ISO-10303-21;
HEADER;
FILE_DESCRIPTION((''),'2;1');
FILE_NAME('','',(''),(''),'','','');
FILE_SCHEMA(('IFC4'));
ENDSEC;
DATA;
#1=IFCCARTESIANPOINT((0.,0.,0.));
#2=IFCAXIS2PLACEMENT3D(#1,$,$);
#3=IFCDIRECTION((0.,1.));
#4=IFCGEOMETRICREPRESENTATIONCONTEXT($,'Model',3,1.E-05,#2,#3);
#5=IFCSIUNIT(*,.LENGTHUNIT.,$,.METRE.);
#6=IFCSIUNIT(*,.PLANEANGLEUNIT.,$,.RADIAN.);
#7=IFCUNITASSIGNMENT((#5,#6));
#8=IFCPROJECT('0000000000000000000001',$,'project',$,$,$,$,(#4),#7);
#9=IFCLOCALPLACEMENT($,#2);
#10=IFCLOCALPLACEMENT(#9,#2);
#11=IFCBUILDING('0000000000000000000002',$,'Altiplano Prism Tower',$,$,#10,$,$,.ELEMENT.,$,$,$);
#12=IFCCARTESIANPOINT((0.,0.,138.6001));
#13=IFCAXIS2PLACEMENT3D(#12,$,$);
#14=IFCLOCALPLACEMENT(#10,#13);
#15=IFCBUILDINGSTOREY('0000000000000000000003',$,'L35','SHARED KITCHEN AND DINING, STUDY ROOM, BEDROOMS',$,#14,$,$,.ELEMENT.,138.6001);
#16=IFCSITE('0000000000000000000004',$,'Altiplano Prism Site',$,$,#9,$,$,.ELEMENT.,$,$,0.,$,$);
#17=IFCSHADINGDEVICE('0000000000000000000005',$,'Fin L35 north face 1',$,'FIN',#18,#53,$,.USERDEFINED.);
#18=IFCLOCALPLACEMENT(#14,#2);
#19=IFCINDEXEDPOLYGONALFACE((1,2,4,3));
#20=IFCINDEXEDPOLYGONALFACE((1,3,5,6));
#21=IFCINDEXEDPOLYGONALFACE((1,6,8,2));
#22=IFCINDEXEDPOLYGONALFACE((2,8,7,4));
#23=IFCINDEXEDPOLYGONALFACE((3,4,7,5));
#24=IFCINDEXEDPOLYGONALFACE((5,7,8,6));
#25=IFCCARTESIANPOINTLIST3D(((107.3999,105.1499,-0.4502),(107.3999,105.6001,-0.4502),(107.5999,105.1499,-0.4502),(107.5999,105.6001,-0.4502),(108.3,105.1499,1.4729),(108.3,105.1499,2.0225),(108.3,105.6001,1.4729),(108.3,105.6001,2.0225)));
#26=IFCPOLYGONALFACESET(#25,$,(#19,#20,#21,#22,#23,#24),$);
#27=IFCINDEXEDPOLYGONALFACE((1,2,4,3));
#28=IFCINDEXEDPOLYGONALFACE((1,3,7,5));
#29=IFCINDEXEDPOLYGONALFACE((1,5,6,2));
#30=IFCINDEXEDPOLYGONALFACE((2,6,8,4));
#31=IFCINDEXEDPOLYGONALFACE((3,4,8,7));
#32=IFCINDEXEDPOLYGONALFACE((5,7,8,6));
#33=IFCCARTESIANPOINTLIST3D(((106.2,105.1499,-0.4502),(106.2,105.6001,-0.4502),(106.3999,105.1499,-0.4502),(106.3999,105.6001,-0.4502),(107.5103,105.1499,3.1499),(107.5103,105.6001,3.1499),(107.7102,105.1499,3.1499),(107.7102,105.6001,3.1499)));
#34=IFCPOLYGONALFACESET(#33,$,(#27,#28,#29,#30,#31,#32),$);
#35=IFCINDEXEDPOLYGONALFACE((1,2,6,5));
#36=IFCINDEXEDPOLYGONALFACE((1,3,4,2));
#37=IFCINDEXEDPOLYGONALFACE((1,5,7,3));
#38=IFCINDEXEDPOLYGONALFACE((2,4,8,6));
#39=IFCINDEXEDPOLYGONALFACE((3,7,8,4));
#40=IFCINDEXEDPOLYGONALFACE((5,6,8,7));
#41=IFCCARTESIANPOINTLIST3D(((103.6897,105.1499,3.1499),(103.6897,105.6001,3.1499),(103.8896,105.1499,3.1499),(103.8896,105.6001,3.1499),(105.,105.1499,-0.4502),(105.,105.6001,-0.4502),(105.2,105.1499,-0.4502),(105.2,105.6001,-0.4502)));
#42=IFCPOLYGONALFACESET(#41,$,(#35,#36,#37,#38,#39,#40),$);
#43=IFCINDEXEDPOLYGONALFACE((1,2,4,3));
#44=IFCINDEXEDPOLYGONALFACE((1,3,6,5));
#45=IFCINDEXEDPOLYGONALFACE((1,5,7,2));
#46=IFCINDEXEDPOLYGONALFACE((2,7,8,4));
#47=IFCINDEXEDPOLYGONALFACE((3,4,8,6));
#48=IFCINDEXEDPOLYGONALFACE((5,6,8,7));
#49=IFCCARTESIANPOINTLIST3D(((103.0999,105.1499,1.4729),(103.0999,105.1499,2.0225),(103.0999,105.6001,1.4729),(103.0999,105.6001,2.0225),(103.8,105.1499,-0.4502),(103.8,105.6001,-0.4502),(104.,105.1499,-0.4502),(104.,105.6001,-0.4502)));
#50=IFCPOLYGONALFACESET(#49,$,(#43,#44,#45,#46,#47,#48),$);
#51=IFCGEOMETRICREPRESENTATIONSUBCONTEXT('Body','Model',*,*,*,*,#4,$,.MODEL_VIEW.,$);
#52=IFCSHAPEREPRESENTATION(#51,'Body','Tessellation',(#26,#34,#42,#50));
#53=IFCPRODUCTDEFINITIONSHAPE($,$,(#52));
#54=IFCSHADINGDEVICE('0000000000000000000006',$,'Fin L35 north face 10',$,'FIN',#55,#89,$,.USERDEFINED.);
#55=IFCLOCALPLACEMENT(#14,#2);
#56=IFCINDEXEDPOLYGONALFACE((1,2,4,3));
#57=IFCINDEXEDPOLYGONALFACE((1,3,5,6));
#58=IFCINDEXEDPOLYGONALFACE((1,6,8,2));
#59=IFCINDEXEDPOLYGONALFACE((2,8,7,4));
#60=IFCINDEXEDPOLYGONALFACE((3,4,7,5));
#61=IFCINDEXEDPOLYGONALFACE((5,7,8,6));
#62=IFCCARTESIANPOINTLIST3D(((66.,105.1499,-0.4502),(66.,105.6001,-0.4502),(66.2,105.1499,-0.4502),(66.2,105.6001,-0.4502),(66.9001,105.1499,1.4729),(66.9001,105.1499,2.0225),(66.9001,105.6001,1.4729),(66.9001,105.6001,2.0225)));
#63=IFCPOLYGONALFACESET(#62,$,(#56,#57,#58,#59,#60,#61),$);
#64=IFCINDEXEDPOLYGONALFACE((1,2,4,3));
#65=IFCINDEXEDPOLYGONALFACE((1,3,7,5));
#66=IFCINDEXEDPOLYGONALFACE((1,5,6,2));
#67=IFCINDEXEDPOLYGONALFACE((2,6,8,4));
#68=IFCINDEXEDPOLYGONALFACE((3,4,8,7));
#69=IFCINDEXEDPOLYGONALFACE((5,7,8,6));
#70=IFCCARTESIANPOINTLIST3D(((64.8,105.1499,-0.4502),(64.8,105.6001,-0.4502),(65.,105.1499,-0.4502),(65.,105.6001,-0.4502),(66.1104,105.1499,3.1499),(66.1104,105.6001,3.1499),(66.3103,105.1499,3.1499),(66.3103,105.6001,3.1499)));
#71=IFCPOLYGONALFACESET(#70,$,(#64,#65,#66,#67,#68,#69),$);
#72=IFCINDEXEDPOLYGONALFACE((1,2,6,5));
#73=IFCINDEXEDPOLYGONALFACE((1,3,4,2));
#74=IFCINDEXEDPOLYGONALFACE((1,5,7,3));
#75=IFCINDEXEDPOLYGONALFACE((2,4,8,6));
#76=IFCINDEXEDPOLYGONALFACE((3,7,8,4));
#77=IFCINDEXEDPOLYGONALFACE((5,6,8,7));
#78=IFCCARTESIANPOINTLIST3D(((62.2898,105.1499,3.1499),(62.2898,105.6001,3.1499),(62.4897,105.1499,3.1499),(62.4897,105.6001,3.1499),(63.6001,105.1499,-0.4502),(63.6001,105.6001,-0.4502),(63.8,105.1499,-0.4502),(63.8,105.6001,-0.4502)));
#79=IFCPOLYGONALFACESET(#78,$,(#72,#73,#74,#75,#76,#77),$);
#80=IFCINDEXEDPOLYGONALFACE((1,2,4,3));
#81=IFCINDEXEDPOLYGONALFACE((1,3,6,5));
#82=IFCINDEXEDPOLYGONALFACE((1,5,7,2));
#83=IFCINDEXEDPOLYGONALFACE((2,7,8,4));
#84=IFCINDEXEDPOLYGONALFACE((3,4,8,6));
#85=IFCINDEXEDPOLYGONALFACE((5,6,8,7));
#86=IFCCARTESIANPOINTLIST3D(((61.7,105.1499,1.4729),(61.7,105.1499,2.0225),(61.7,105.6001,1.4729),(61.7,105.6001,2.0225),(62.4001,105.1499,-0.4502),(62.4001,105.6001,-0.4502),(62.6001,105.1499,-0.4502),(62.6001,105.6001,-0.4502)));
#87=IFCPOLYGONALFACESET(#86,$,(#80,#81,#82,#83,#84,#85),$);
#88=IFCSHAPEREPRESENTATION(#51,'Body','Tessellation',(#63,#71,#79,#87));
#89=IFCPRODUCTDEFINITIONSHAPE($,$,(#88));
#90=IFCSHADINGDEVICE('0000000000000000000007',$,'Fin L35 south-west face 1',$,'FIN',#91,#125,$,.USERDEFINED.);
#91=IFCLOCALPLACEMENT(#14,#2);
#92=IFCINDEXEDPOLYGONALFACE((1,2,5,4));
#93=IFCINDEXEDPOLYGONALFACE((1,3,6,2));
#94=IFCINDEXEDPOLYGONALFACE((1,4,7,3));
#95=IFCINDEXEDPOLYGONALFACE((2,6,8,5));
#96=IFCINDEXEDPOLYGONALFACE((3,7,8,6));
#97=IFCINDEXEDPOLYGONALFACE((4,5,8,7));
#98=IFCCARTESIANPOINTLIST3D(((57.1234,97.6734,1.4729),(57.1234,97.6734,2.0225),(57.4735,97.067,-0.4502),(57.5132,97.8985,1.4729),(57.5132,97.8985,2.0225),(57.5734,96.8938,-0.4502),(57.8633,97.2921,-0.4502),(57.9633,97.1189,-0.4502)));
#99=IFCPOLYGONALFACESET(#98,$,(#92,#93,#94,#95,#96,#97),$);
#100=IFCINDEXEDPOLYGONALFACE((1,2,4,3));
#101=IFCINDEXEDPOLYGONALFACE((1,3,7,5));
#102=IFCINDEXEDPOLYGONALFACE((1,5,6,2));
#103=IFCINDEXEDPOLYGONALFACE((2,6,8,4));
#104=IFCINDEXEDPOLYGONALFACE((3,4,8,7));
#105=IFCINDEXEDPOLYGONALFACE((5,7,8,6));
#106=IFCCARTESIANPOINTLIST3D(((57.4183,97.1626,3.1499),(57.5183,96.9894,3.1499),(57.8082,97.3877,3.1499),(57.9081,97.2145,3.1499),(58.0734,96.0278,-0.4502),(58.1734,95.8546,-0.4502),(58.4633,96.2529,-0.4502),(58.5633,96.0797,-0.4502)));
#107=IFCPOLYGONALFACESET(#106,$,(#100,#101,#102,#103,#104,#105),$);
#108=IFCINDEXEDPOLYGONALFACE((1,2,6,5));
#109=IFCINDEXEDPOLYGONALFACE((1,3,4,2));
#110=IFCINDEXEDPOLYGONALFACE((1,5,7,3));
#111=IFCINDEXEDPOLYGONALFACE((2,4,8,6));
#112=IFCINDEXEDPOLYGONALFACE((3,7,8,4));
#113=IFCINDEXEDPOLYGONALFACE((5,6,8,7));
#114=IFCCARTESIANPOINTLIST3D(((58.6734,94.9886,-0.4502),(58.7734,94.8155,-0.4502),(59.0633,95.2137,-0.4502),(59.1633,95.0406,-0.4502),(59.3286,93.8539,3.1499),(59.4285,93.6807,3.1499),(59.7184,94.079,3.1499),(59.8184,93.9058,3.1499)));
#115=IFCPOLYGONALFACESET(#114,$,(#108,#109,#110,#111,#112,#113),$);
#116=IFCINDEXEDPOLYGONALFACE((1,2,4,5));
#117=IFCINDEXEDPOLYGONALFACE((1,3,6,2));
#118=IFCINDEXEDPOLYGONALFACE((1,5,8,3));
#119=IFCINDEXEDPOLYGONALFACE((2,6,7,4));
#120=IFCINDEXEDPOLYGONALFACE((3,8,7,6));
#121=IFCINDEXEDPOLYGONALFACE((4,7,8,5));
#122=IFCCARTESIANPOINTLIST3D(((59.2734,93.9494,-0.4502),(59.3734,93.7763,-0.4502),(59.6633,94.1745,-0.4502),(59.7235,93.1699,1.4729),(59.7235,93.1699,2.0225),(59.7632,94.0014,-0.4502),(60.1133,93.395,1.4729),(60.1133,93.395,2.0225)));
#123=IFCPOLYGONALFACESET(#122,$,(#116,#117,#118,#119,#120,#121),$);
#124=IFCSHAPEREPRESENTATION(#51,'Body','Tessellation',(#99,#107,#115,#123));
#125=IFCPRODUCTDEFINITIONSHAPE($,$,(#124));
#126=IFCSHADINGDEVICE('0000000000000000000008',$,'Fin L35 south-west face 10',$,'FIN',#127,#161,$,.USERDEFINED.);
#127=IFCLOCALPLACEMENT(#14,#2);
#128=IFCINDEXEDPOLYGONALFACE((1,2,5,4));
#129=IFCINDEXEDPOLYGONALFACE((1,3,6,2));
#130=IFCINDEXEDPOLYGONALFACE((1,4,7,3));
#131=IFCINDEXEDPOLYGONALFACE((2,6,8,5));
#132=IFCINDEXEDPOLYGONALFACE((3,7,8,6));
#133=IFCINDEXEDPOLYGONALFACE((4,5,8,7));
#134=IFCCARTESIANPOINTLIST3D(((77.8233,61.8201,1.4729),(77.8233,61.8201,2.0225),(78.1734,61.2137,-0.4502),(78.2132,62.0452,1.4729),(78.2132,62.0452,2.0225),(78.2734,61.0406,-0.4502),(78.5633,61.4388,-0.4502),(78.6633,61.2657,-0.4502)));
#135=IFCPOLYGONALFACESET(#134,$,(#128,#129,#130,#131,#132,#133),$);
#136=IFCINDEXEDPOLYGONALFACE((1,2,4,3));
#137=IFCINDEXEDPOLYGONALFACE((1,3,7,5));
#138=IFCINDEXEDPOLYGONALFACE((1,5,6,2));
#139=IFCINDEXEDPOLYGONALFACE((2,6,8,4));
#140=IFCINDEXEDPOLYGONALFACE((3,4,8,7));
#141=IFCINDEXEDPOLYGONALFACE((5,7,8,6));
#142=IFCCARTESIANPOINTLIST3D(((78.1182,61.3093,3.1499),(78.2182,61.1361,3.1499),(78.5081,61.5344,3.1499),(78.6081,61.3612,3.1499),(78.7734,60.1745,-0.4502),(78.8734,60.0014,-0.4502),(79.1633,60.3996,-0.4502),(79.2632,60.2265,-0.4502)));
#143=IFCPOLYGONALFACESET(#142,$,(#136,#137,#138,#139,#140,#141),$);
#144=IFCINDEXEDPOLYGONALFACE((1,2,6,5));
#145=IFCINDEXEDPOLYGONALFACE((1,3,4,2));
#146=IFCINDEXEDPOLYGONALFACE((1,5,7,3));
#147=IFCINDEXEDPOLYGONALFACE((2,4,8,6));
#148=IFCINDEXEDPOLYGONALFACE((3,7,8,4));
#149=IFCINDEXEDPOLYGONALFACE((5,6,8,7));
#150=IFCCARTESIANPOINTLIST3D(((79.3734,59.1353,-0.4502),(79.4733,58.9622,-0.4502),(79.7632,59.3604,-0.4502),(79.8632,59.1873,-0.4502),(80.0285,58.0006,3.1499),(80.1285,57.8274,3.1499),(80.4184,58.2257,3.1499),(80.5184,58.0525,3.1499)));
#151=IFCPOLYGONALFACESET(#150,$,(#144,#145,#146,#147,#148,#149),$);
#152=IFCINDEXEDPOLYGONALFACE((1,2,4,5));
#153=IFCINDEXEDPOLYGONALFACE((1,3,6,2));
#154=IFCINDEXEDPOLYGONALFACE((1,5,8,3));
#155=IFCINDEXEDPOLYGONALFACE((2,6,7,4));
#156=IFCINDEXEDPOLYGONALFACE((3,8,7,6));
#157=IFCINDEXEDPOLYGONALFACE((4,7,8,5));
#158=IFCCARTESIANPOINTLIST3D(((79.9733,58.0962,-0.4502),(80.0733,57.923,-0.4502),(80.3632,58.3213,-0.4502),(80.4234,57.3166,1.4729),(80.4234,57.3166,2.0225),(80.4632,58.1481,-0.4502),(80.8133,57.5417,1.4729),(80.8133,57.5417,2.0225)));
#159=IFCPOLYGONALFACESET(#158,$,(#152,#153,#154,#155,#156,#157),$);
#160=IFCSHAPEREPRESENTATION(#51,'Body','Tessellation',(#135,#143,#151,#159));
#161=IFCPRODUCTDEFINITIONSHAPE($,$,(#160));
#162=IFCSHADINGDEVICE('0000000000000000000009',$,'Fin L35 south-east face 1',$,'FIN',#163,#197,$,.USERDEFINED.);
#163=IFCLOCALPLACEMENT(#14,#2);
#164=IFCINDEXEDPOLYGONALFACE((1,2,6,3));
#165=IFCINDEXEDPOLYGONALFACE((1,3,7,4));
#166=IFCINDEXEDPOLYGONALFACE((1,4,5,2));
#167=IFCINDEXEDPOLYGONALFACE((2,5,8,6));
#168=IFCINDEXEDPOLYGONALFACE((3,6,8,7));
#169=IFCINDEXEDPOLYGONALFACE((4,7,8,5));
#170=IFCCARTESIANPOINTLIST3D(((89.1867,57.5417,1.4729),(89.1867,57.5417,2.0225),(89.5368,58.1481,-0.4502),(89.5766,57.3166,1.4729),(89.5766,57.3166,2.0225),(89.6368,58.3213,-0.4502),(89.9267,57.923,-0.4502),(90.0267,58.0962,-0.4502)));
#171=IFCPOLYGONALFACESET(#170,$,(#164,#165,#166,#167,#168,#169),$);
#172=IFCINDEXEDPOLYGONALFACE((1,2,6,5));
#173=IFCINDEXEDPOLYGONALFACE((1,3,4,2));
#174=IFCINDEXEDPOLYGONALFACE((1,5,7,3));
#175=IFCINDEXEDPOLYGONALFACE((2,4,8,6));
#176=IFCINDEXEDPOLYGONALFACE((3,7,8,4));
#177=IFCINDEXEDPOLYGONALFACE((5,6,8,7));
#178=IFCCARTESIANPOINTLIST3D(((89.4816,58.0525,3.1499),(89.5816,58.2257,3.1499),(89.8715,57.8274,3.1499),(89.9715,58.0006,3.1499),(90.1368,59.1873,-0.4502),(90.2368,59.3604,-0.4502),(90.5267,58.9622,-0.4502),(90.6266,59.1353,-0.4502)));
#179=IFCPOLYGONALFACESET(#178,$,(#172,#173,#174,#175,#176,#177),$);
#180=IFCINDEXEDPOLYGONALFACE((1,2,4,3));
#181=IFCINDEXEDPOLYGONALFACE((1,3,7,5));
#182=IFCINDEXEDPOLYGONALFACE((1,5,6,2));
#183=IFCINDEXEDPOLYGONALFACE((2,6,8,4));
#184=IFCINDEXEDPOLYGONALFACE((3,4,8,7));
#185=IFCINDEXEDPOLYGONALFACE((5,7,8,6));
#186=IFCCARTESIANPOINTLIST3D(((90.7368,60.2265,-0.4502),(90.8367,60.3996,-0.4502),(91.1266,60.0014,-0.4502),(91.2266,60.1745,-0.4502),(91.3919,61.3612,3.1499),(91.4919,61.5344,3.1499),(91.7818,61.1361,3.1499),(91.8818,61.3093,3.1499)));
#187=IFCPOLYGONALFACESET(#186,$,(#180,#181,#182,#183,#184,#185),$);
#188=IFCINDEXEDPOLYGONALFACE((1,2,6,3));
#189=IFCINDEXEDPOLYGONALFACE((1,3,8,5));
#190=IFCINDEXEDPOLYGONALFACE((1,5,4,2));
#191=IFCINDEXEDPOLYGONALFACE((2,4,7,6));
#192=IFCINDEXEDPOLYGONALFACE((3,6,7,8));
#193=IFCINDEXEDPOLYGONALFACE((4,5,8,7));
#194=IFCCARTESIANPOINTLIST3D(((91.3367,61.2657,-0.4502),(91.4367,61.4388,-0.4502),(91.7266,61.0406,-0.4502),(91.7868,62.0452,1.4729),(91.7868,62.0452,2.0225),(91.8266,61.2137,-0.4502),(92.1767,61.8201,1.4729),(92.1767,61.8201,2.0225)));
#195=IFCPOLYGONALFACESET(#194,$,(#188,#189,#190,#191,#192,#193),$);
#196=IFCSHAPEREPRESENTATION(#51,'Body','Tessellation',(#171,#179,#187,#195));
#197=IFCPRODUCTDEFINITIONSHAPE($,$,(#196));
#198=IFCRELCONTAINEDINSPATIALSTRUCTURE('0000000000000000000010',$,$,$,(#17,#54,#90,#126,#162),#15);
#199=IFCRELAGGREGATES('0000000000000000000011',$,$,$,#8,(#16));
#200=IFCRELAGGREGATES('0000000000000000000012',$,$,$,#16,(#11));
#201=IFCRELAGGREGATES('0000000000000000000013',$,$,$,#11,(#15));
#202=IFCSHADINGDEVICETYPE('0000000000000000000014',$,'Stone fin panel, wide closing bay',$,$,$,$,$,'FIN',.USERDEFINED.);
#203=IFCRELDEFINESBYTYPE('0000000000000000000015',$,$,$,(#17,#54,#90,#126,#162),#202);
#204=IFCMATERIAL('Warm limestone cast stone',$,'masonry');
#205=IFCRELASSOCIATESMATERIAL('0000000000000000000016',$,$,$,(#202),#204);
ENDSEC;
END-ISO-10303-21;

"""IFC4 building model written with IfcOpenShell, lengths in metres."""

from ifc_helpers import new_model, si_unit, direction, frame, origin, place, context, subcontext, project, spatial, polyline, outline, extrude, source, transform, mapped, material, type_object, element, save


model = new_model("IFC4")

# Units and contexts
model_context = context("Model", 3, precision=1e-05, world=origin(), true_north=direction((0.0, 1.0)))
body_context = subcontext(model_context, "Body", "Model", "MODEL_VIEW")
ifc_project = project(units=[si_unit("LENGTHUNIT", "METRE"), si_unit("PLANEANGLEUNIT", "RADIAN")], contexts=[model_context])

# Site, building, storey
site_placement = place(None, origin())
site = spatial("IfcSite", under=ifc_project, at=site_placement, Name="Altiplano Prism Site", CompositionType="ELEMENT", RefElevation=0.0)
building_placement = place(site_placement, origin())
building = spatial("IfcBuilding", under=site, at=building_placement, Name="Altiplano Prism Tower", CompositionType="ELEMENT")
storey_placement = place(building_placement, frame((0.0, 0.0, 138.6001)))
storey = spatial("IfcBuildingStorey", under=building, at=storey_placement, Name="L35", Description="SHARED KITCHEN AND DINING, STUDY ROOM, BEDROOMS", CompositionType="ELEMENT", Elevation=138.6001)

# Shading devices
ifc_material_1 = material(Name="Warm limestone cast stone", Category="masonry")
shading_device_type_1 = type_object("IfcShadingDeviceType", Name="Stone fin panel, wide closing bay", ElementType="FIN", PredefinedType="USERDEFINED", material=ifc_material_1)
shared_shape_1 = source(origin(), body_context, "Body", "SweptSolid", [
    extrude(outline(polyline([(-2.6001, 2.4727), (-2.6001, 1.9231), (-1.8999, 0.0), (-1.7, 0.0), (-2.6001, 2.4727)])), frame((0.0, -0.1499, 0.0), z_axis=(0.0, -1.0, 0.0), x_axis=(1.0, 0.0, 0.0)), (0.0, 0.0, 1.0), 0.4502),
    extrude(outline(polyline([(-2.0103, 3.6001), (-0.7, 0.0), (-0.5, 0.0), (-1.8103, 3.6001), (-2.0103, 3.6001)])), frame((0.0, -0.1499, 0.0), z_axis=(0.0, -1.0, 0.0), x_axis=(1.0, 0.0, 0.0)), (0.0, 0.0, 1.0), 0.4502),
    extrude(outline(polyline([(1.8103, 3.6001), (0.5, 0.0), (0.7, 0.0), (2.0103, 3.6001), (1.8103, 3.6001)])), frame((0.0, -0.1499, 0.0), z_axis=(0.0, -1.0, 0.0), x_axis=(1.0, 0.0, 0.0)), (0.0, 0.0, 1.0), 0.4502),
    extrude(outline(polyline([(2.6001, 1.9231), (2.6001, 2.4727), (1.7, 0.0), (1.8999, 0.0), (2.6001, 1.9231)])), frame((0.0, -0.1499, 0.0), z_axis=(0.0, -1.0, 0.0), x_axis=(1.0, 0.0, 0.0)), (0.0, 0.0, 1.0), 0.4502),
])
shading_device_1_placement = place(storey_placement, origin())
element("IfcShadingDevice", 1, at=shading_device_1_placement, inside=storey, type_object=shading_device_type_1, Name="Fin L35 north face 1", ObjectType="FIN", PredefinedType="USERDEFINED", context=body_context, shape_type="MappedRepresentation", body=[
    mapped(shared_shape_1, transform((105.7, 105.0, -0.4502), x_axis=(-1.0, 0.0, 0.0), y_axis=(0.0, -1.0, 0.0), z_axis=(0.0, 0.0, 1.0))),
])
shading_device_2_placement = place(storey_placement, origin())
element("IfcShadingDevice", 2, at=shading_device_2_placement, inside=storey, type_object=shading_device_type_1, Name="Fin L35 north face 10", ObjectType="FIN", PredefinedType="USERDEFINED", context=body_context, shape_type="MappedRepresentation", body=[
    mapped(shared_shape_1, transform((64.3, 105.0, -0.4502), x_axis=(-1.0, 0.0, 0.0), y_axis=(0.0, -1.0, 0.0), z_axis=(0.0, 0.0, 1.0))),
])
shading_device_3_placement = place(storey_placement, origin())
element("IfcShadingDevice", 3, at=shading_device_3_placement, inside=storey, type_object=shading_device_type_1, Name="Fin L35 south-west face 1", ObjectType="FIN", PredefinedType="USERDEFINED", context=body_context, shape_type="MappedRepresentation", body=[
    mapped(shared_shape_1, transform((58.9431, 95.7217, -0.4502), x_axis=(0.5, -0.866025, 0.0), y_axis=(0.866025, 0.5, 0.0), z_axis=(0.0, 0.0, 1.0))),
])
shading_device_4_placement = place(storey_placement, origin())
element("IfcShadingDevice", 4, at=shading_device_4_placement, inside=storey, type_object=shading_device_type_1, Name="Fin L35 south-west face 10", ObjectType="FIN", PredefinedType="USERDEFINED", context=body_context, shape_type="MappedRepresentation", body=[
    mapped(shared_shape_1, transform((79.6431, 59.8684, -0.4502), x_axis=(0.5, -0.866025, 0.0), y_axis=(0.866025, 0.5, 0.0), z_axis=(0.0, 0.0, 1.0))),
])
shading_device_5_placement = place(storey_placement, origin())
element("IfcShadingDevice", 5, at=shading_device_5_placement, inside=storey, type_object=shading_device_type_1, Name="Fin L35 south-east face 1", ObjectType="FIN", PredefinedType="USERDEFINED", context=body_context, shape_type="MappedRepresentation", body=[
    mapped(shared_shape_1, transform((90.3569, 59.8684, -0.4502), x_axis=(0.5, 0.866025, 0.0), y_axis=(-0.866025, 0.5, 0.0), z_axis=(0.0, 0.0, 1.0))),
])

save(model, "model.ifc")
